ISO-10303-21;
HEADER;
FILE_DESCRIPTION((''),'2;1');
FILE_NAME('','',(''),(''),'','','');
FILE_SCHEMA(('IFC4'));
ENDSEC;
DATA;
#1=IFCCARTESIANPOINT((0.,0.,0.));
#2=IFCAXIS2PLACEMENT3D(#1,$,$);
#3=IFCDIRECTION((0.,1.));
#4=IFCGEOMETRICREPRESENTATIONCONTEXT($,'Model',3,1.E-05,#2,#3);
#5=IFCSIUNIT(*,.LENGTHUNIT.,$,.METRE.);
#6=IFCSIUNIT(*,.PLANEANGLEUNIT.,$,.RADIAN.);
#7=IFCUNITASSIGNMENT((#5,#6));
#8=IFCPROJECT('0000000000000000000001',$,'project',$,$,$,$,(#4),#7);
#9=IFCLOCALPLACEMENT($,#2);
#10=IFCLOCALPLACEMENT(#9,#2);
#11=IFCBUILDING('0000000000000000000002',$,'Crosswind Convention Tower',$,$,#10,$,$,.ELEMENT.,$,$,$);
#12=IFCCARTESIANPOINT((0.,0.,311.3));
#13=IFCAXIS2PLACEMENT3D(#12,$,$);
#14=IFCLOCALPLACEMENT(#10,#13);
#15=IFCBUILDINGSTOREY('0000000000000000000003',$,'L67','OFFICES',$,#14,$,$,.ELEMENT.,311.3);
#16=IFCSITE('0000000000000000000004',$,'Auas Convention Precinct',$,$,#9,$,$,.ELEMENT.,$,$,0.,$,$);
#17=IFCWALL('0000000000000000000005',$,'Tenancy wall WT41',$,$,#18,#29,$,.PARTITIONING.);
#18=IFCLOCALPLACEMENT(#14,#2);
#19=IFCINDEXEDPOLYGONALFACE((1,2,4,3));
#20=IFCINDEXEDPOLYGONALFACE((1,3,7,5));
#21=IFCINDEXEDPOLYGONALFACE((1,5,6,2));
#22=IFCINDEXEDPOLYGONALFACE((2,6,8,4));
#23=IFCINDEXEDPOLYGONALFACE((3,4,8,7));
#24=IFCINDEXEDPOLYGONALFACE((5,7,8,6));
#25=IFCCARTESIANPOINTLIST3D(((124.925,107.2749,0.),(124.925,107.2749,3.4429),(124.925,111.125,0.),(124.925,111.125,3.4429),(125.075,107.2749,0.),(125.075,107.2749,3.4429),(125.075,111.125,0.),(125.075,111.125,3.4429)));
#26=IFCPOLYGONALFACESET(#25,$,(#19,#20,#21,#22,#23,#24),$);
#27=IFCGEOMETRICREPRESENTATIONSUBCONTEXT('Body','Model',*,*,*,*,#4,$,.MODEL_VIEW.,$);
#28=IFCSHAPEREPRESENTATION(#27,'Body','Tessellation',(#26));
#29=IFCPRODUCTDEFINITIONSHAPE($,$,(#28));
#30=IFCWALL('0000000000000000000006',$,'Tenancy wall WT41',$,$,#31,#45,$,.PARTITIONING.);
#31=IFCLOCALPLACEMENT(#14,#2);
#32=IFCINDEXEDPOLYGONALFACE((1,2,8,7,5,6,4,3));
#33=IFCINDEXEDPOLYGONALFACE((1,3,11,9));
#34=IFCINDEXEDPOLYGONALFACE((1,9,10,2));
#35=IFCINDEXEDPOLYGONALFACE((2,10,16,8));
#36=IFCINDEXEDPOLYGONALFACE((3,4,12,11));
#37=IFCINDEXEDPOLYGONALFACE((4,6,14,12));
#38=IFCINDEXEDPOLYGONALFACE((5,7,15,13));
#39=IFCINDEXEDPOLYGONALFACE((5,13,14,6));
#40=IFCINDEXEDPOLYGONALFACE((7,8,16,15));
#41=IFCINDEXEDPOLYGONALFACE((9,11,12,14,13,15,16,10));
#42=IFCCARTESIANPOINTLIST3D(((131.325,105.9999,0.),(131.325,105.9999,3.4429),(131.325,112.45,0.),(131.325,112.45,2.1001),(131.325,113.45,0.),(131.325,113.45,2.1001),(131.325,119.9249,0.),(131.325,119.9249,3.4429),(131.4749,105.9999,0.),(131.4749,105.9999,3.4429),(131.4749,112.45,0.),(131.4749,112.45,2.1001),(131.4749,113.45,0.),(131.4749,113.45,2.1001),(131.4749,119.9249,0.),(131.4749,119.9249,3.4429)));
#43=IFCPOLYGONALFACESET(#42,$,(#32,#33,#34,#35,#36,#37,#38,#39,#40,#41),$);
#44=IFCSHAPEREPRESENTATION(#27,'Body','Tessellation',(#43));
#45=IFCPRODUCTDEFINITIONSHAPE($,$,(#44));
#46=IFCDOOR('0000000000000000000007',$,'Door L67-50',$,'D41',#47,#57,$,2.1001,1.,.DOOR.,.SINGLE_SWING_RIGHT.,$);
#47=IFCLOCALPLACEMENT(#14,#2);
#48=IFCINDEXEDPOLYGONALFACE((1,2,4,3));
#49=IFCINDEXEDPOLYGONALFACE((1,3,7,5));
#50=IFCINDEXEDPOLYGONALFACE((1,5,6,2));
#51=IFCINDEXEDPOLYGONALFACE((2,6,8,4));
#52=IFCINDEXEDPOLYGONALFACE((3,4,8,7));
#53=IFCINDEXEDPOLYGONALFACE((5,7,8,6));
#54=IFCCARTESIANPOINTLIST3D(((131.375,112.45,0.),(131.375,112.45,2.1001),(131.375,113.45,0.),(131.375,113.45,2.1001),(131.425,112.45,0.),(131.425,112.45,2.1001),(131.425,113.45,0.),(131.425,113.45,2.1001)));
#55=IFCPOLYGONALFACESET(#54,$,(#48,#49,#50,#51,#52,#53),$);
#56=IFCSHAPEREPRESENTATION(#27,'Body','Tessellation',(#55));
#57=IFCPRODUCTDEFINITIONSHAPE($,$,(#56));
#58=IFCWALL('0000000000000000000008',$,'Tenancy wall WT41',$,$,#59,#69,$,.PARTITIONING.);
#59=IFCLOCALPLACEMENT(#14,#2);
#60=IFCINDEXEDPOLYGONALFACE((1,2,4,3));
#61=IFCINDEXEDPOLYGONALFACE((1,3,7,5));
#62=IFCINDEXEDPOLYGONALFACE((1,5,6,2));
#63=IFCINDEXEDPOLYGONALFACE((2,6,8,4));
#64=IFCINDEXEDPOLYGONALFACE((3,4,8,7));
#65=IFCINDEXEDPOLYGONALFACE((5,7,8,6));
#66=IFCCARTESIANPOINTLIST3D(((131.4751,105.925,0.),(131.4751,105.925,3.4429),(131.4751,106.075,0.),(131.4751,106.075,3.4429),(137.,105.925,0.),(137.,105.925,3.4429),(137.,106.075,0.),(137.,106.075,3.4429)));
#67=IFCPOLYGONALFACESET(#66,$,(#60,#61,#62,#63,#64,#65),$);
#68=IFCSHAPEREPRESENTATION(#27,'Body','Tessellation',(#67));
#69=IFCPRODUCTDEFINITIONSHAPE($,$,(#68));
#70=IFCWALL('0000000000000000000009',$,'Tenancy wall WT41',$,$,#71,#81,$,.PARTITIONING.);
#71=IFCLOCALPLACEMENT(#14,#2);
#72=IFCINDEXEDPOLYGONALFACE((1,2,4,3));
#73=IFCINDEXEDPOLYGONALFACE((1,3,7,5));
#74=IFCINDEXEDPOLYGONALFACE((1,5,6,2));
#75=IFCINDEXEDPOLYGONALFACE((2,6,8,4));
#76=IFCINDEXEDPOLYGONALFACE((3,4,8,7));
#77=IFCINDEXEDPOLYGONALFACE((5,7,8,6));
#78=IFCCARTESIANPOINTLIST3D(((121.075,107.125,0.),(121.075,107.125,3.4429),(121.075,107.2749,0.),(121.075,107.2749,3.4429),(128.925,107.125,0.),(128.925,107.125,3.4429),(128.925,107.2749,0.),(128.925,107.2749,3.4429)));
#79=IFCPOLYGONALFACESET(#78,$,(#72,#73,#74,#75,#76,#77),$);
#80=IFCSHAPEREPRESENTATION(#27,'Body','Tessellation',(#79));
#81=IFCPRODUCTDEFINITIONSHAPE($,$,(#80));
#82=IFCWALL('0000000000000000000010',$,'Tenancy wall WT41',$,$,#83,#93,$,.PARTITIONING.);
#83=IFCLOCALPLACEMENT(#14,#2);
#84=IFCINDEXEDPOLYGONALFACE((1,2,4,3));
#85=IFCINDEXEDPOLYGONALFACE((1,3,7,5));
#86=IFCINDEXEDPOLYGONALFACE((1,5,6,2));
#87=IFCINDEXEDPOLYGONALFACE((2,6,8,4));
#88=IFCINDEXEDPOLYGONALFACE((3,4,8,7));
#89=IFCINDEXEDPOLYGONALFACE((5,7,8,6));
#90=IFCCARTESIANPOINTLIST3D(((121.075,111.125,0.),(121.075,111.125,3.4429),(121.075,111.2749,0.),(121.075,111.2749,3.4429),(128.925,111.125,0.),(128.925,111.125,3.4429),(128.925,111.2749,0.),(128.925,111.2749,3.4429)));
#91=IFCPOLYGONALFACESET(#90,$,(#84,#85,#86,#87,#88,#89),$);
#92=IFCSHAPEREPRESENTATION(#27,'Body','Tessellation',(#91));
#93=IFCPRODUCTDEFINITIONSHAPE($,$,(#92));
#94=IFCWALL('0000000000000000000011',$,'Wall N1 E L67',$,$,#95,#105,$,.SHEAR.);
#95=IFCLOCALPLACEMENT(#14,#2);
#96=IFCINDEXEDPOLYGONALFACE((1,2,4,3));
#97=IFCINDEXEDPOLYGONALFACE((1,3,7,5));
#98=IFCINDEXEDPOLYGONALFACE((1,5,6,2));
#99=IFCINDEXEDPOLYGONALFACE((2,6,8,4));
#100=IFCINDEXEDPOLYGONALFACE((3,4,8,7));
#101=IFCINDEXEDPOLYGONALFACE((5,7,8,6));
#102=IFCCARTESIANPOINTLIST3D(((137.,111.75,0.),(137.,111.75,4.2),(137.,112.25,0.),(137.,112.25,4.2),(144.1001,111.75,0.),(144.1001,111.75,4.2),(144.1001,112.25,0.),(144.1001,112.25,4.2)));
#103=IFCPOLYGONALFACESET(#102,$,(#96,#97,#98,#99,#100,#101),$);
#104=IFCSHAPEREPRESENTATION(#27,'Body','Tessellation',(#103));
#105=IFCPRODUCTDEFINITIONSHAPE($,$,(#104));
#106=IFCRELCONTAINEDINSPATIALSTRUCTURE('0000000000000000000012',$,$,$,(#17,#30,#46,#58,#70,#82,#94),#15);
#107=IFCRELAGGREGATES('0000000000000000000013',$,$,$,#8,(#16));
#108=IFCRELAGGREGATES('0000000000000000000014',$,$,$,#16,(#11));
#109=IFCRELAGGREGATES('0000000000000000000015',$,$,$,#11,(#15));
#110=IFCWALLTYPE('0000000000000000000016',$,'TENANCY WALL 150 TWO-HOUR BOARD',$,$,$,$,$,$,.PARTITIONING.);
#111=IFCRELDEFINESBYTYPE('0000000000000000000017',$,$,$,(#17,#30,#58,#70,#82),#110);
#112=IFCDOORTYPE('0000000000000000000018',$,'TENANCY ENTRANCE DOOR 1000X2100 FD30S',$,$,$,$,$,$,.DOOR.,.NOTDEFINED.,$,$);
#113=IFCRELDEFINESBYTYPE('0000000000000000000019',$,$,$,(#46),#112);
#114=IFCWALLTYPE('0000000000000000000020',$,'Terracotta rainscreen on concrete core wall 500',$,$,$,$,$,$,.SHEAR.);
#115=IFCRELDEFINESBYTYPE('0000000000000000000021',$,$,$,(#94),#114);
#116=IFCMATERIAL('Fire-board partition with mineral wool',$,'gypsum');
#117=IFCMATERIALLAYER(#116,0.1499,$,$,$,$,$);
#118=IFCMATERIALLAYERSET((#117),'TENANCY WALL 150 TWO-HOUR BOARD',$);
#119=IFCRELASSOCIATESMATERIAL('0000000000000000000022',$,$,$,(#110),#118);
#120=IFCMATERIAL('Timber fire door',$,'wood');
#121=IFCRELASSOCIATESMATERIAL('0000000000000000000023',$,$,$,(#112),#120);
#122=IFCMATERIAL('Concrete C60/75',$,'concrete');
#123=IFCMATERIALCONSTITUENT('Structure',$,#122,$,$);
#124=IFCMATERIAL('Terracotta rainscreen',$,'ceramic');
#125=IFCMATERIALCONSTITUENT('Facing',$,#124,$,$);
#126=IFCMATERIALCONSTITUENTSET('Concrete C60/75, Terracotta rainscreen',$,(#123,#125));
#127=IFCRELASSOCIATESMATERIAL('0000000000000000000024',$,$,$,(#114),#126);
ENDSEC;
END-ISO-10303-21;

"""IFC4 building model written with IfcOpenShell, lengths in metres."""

from ifc_helpers import new_model, si_unit, direction, frame, frame_2d, origin, place, context, subcontext, project, spatial, rectangle, extrude, material, layer, layer_set, constituent, constituent_set, type_object, element, fill, save


model = new_model("IFC4")

# Units and contexts
model_context = context("Model", 3, precision=1e-05, world=origin(), true_north=direction((0.0, 1.0)))
body_context = subcontext(model_context, "Body", "Model", "MODEL_VIEW")
ifc_project = project(units=[si_unit("LENGTHUNIT", "METRE"), si_unit("PLANEANGLEUNIT", "RADIAN")], contexts=[model_context])

# Site, building, storey
site_placement = place(None, origin())
site = spatial("IfcSite", under=ifc_project, at=site_placement, Name="Auas Convention Precinct", CompositionType="ELEMENT", RefElevation=0.0)
building_placement = place(site_placement, origin())
building = spatial("IfcBuilding", under=site, at=building_placement, Name="Crosswind Convention Tower", CompositionType="ELEMENT")
storey_placement = place(building_placement, frame((0.0, 0.0, 311.3)))
storey = spatial("IfcBuildingStorey", under=building, at=storey_placement, Name="L67", Description="OFFICES", CompositionType="ELEMENT", Elevation=311.3)

# Shared definitions
ifc_material_1 = material(Name="Concrete C60/75", Category="concrete")

# Wall
ifc_material_2 = material(Name="Fire-board partition with mineral wool", Category="gypsum")
ifc_layer_1 = layer(ifc_material_2, 0.1499)
ifc_layer_set_1 = layer_set([ifc_layer_1], Name="TENANCY WALL 150 TWO-HOUR BOARD")
wall_type_1 = type_object("IfcWallType", Name="TENANCY WALL 150 TWO-HOUR BOARD", PredefinedType="PARTITIONING", material=ifc_layer_set_1)
wall_1_placement = place(storey_placement, frame((125.0, 107.2749, 0.0), z_axis=(0.0, 0.0, 1.0), x_axis=(0.0, 1.0, 0.0)))
element("IfcWall", 1, at=wall_1_placement, inside=storey, type_object=wall_type_1, Name="Tenancy wall WT41", PredefinedType="PARTITIONING", context=body_context, shape_type="SweptSolid", body=[
    extrude(rectangle(XDim=3.8501, YDim=0.1499, at=frame_2d((1.925, 0.0))), origin(), (0.0, 0.0, 1.0), 3.4429),
])

# Wall, opening, door
wall_2_placement = place(storey_placement, frame((131.3999, 106.0, 0.0), z_axis=(0.0, 0.0, 1.0), x_axis=(0.0, 1.0, 0.0)))
wall_2 = element("IfcWall", 2, at=wall_2_placement, inside=storey, type_object=wall_type_1, Name="Tenancy wall WT41", PredefinedType="PARTITIONING", context=body_context, shape_type="SweptSolid", body=[
    extrude(rectangle(XDim=13.925, YDim=0.1499, at=frame_2d((6.9624, 0.0))), origin(), (0.0, 0.0, 1.0), 3.4429),
])
opening_placement = place(wall_2_placement, frame((6.45, 0.0, 0.0)))
opening = element("IfcOpeningElement", 3, at=opening_placement, cuts=wall_2, PredefinedType="OPENING", context=body_context, shape_type="SweptSolid", body=[
    extrude(rectangle(XDim=1.0, YDim=2.1001, at=frame_2d((0.5, 1.05))), frame((0.0, 0.085, 0.0), z_axis=(0.0, -1.0, 0.0), x_axis=(1.0, 0.0, 0.0)), (0.0, 0.0, 1.0), 0.1699),
])
ifc_material_3 = material(Name="Timber fire door", Category="wood")
door_type = type_object("IfcDoorType", Name="TENANCY ENTRANCE DOOR 1000X2100 FD30S", OperationType="NOTDEFINED", PredefinedType="DOOR", material=ifc_material_3)
door_placement = place(opening_placement, origin())
door = element("IfcDoor", 4, at=door_placement, inside=storey, type_object=door_type, Name="Door L67-50", ObjectType="D41", OperationType="SINGLE_SWING_RIGHT", OverallHeight=2.1001, OverallWidth=1.0, PredefinedType="DOOR", context=body_context, shape_type="SweptSolid", body=[
    extrude(rectangle(XDim=1.0, YDim=2.1001, at=frame_2d((0.5, 1.05))), frame((0.0, 0.0249, 0.0), z_axis=(0.0, -1.0, 0.0), x_axis=(1.0, 0.0, 0.0)), (0.0, 0.0, 1.0), 0.05),
])
fill(opening, door)

# Walls
wall_3_placement = place(storey_placement, frame((131.4751, 106.0, 0.0), z_axis=(0.0, 0.0, 1.0), x_axis=(1.0, 0.0, 0.0)))
element("IfcWall", 5, at=wall_3_placement, inside=storey, type_object=wall_type_1, Name="Tenancy wall WT41", PredefinedType="PARTITIONING", context=body_context, shape_type="SweptSolid", body=[
    extrude(rectangle(XDim=5.5249, YDim=0.1499, at=frame_2d((2.7625, 0.0))), origin(), (0.0, 0.0, 1.0), 3.4429),
])
for number, where, z_axis, x_axis, name in (
    (6, (121.075, 107.2, 0.0), (0.0, 0.0, 1.0), (1.0, 0.0, 0.0), "Tenancy wall WT41"),
    (7, (121.075, 111.2, 0.0), (0.0, 0.0, 1.0), (1.0, 0.0, 0.0), "Tenancy wall WT41"),
):
    element("IfcWall", number, at=place(storey_placement, frame(where, z_axis=z_axis, x_axis=x_axis)), inside=storey, type_object=wall_type_1, Name=name, PredefinedType="PARTITIONING", context=body_context, shape_type="SweptSolid", body=[
        extrude(rectangle(XDim=7.8501, YDim=0.1499, at=frame_2d((3.925, 0.0))), origin(), (0.0, 0.0, 1.0), 3.4429),
    ])
ifc_constituent_1 = constituent(ifc_material_1, Name="Structure")
ifc_material_4 = material(Name="Terracotta rainscreen", Category="ceramic")
ifc_constituent_2 = constituent(ifc_material_4, Name="Facing")
ifc_constituent_set = constituent_set(constituents=[ifc_constituent_1, ifc_constituent_2], Name="Concrete C60/75, Terracotta rainscreen")
wall_type_2 = type_object("IfcWallType", Name="Terracotta rainscreen on concrete core wall 500", PredefinedType="SHEAR", material=ifc_constituent_set)
wall_4_placement = place(storey_placement, frame((137.0, 112.0, 0.0), z_axis=(0.0, 0.0, 1.0), x_axis=(1.0, 0.0, 0.0)))
element("IfcWall", 8, at=wall_4_placement, inside=storey, type_object=wall_type_2, Name="Wall N1 E L67", PredefinedType="SHEAR", context=body_context, shape_type="SweptSolid", body=[
    extrude(rectangle(XDim=7.1001, YDim=0.5, at=frame_2d((3.55, 0.0))), origin(), (0.0, 0.0, 1.0), 4.2),
])

save(model, "model.ifc")
